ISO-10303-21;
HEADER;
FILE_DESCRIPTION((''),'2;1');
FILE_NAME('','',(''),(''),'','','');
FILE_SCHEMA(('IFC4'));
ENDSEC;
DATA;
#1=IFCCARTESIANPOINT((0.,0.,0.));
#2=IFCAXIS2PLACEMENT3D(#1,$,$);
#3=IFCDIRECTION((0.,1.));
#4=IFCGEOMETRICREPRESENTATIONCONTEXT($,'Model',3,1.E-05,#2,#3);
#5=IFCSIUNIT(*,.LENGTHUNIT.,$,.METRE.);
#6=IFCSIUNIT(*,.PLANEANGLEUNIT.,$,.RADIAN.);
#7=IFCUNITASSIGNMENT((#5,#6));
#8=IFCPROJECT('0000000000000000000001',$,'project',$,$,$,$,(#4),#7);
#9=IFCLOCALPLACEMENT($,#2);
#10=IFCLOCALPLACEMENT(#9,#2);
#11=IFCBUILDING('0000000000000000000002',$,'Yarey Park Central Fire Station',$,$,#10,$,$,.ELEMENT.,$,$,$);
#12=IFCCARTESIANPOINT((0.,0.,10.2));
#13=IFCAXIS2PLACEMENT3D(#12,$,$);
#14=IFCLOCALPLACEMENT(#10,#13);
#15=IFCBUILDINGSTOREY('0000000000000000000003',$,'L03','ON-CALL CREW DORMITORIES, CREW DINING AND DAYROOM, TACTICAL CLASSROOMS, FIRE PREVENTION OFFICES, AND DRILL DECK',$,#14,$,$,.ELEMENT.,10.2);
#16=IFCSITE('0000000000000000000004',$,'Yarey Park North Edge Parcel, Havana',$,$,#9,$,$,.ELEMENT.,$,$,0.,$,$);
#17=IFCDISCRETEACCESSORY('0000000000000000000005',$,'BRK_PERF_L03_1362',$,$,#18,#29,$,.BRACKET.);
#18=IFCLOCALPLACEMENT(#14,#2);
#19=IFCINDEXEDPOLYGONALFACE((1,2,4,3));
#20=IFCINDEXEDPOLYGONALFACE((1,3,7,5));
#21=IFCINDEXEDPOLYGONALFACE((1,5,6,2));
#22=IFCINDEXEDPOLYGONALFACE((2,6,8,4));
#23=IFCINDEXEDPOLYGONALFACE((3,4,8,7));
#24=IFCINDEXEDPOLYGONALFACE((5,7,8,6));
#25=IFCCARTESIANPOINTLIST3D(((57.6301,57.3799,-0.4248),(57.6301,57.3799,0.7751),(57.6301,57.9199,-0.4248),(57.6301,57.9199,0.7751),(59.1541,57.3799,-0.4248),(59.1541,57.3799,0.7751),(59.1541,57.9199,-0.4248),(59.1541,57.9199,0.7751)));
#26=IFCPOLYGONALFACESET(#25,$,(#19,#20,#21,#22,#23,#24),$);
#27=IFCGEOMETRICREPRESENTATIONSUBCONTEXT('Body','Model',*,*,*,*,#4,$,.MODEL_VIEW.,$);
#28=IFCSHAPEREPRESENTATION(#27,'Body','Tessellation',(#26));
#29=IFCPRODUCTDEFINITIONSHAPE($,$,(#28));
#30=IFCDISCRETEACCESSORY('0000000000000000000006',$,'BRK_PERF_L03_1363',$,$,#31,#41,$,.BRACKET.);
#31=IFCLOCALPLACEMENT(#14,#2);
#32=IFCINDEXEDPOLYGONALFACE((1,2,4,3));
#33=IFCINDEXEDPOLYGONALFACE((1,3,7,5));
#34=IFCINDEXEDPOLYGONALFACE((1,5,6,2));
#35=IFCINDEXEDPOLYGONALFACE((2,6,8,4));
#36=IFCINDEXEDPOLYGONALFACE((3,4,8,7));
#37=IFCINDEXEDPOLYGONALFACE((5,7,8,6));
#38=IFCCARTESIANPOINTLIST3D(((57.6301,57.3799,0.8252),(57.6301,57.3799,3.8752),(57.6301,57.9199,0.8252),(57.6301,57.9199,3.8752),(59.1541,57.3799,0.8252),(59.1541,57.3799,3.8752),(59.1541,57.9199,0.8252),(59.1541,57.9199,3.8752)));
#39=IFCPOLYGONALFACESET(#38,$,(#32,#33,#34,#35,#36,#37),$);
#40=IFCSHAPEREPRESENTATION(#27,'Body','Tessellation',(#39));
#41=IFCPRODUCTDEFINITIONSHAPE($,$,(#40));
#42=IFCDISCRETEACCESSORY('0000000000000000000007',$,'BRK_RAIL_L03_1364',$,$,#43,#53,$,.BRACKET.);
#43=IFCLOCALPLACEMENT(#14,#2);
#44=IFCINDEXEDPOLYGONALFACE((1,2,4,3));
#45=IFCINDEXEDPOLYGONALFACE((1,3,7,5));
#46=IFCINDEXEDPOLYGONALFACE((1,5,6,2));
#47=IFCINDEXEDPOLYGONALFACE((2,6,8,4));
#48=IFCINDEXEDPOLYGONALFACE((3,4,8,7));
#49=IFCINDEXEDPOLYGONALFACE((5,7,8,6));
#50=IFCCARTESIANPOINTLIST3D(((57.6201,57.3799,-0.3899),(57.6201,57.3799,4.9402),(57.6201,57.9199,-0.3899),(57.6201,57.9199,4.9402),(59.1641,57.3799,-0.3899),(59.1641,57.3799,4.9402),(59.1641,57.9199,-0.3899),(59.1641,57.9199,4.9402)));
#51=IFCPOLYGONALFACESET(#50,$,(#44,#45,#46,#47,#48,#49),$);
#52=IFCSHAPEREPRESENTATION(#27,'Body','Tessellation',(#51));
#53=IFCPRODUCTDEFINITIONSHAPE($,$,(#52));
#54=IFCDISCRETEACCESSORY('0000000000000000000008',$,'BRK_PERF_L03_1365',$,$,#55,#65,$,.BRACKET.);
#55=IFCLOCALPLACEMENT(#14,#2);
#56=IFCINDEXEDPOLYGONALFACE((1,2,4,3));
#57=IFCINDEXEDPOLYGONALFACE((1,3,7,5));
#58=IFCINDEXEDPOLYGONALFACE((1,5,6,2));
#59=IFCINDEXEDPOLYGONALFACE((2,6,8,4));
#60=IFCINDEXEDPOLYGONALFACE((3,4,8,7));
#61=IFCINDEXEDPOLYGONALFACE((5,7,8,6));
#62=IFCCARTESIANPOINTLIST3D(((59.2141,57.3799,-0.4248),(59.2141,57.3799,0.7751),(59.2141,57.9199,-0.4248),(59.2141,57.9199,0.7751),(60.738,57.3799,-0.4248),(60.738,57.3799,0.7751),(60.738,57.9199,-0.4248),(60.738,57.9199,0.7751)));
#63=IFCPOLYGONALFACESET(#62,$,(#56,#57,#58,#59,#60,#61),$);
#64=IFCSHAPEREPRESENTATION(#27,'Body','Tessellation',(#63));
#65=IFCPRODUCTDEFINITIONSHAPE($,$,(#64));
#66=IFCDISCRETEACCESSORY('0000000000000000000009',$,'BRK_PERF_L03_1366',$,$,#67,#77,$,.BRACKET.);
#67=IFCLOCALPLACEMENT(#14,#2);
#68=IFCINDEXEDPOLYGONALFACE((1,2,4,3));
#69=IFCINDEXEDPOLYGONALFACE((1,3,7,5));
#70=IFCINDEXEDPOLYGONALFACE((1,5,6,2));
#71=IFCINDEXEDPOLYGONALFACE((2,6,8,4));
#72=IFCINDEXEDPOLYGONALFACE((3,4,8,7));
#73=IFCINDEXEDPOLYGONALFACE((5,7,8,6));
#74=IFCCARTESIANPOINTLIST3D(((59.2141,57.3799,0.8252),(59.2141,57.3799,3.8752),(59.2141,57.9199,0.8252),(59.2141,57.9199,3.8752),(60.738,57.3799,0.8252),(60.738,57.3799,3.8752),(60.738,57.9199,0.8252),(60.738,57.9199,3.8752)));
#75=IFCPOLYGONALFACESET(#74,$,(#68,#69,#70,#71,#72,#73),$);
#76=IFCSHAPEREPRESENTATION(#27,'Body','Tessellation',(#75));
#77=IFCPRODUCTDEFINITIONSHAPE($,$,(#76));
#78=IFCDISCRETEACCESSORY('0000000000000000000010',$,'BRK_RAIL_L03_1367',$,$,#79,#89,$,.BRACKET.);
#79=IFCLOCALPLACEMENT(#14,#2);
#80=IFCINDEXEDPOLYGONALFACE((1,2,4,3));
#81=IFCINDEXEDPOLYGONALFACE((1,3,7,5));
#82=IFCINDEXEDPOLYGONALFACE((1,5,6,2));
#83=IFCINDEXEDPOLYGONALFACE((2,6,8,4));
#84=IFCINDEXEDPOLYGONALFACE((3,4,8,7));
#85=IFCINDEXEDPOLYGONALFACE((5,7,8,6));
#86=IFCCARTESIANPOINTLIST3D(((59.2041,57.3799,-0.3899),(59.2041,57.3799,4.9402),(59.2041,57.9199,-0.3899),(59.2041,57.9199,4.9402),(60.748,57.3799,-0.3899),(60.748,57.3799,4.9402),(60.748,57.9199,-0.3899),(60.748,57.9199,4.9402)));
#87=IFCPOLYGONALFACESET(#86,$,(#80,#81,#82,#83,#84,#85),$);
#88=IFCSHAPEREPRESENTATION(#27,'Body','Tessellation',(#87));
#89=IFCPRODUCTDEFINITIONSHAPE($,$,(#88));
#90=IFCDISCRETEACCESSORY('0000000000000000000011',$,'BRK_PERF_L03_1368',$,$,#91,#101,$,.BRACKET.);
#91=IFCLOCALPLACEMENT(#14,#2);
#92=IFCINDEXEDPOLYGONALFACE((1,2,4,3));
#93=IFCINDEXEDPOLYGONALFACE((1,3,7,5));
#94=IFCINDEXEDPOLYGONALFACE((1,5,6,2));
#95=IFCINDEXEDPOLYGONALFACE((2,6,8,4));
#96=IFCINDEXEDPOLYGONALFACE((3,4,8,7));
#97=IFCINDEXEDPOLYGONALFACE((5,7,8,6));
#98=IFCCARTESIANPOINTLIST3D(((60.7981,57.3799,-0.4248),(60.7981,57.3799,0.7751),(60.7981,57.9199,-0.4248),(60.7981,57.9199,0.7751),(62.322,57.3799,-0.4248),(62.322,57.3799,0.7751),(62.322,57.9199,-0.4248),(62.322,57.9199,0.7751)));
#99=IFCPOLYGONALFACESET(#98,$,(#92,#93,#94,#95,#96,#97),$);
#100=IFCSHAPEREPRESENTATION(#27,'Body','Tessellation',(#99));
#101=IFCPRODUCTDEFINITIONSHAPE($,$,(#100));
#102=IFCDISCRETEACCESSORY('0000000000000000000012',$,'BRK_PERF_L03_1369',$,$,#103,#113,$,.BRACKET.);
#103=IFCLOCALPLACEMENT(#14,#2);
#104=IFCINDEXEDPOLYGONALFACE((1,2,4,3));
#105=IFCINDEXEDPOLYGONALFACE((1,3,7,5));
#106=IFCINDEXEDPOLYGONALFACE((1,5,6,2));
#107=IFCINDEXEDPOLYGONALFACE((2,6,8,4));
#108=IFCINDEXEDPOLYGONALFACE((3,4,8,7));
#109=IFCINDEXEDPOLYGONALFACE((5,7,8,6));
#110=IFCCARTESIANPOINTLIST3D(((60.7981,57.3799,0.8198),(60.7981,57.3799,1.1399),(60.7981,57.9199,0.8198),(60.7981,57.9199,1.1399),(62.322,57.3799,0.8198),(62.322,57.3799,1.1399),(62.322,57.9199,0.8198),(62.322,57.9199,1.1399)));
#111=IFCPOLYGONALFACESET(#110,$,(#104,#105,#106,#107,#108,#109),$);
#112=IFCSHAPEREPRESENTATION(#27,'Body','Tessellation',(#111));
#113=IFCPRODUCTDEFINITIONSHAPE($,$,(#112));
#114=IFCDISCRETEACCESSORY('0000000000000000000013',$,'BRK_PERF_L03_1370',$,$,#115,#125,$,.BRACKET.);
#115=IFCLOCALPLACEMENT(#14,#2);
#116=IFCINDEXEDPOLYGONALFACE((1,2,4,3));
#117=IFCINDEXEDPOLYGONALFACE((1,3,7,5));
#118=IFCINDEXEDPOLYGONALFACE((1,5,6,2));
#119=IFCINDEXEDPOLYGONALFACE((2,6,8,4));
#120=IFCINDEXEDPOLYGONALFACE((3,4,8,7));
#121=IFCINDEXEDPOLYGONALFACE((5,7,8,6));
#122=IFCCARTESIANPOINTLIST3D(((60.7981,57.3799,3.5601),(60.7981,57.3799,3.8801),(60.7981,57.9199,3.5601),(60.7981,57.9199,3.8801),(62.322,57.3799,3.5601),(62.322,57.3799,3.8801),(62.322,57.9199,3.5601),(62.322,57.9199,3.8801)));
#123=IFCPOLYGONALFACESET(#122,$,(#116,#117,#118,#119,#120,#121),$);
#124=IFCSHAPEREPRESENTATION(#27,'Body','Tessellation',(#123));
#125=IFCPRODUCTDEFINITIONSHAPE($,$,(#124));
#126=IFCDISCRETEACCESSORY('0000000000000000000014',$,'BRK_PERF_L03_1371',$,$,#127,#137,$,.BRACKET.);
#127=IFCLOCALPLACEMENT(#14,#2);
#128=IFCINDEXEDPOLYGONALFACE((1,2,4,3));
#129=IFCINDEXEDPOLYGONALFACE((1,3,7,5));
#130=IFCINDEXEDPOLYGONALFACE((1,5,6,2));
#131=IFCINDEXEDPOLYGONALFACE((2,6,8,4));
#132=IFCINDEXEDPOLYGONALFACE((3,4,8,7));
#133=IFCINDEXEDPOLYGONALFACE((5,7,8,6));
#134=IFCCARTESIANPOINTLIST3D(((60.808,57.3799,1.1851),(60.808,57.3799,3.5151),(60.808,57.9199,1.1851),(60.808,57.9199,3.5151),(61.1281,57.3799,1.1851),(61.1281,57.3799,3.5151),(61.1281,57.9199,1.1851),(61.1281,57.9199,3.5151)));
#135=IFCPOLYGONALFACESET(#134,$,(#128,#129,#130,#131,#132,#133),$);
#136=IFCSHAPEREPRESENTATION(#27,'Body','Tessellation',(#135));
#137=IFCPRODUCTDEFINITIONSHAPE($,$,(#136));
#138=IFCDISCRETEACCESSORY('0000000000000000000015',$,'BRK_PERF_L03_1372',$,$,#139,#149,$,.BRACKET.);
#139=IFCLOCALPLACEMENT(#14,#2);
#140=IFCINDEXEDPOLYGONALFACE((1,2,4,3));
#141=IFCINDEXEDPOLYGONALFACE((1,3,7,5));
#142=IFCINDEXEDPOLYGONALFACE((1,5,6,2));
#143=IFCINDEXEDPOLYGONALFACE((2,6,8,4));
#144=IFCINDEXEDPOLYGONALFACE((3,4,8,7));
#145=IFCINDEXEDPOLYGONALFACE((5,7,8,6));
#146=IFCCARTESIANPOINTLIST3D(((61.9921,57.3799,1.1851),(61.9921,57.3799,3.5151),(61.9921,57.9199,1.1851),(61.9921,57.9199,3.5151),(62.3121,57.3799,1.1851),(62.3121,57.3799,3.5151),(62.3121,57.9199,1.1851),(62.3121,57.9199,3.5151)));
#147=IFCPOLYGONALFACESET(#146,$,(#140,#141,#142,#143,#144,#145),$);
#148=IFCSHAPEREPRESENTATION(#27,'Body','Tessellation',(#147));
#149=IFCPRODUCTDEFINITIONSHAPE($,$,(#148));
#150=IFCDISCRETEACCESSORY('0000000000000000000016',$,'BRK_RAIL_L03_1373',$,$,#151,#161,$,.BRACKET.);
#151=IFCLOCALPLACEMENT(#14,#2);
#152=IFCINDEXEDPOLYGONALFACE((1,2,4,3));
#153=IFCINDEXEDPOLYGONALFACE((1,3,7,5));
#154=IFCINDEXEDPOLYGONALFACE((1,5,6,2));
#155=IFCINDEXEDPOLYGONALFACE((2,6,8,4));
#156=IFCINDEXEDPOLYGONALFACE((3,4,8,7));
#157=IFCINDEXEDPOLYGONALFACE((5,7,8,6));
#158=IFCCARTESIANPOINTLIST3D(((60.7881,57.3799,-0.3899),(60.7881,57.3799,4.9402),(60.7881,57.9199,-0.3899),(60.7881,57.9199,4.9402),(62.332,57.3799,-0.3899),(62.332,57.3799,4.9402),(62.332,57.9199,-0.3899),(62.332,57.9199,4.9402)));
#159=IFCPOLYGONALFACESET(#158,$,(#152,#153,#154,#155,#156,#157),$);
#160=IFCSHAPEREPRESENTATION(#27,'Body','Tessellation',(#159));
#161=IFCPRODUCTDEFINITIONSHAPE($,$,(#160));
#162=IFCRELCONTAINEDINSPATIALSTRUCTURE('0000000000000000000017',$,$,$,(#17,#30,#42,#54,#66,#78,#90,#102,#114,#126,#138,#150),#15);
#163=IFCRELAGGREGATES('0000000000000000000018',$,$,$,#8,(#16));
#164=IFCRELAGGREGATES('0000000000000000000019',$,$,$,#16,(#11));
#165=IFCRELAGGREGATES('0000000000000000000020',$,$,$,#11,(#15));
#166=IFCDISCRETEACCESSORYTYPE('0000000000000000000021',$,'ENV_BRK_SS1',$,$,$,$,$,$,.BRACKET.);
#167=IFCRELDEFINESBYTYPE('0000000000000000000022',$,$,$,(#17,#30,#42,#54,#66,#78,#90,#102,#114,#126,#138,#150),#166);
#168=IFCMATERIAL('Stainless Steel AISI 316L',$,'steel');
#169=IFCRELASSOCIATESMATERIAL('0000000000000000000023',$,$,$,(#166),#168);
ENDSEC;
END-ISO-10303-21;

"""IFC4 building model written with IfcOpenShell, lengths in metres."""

from ifc_helpers import new_model, si_unit, direction, frame, origin, origin_2d, place, context, subcontext, project, spatial, rectangle, extrude, material, type_object, element, save


model = new_model("IFC4")

# Units and contexts
model_context = context("Model", 3, precision=1e-05, world=origin(), true_north=direction((0.0, 1.0)))
body_context = subcontext(model_context, "Body", "Model", "MODEL_VIEW")
ifc_project = project(units=[si_unit("LENGTHUNIT", "METRE"), si_unit("PLANEANGLEUNIT", "RADIAN")], contexts=[model_context])

# Site, building, storey
site_placement = place(None, origin())
site = spatial("IfcSite", under=ifc_project, at=site_placement, Name="Yarey Park North Edge Parcel, Havana", CompositionType="ELEMENT", RefElevation=0.0)
building_placement = place(site_placement, origin())
building = spatial("IfcBuilding", under=site, at=building_placement, Name="Yarey Park Central Fire Station", CompositionType="ELEMENT")
storey_placement = place(building_placement, frame((0.0, 0.0, 10.2)))
storey = spatial("IfcBuildingStorey", under=building, at=storey_placement, Name="L03", Description="ON-CALL CREW DORMITORIES, CREW DINING AND DAYROOM, TACTICAL CLASSROOMS, FIRE PREVENTION OFFICES, AND DRILL DECK", CompositionType="ELEMENT", Elevation=10.2)

# Discrete accessories
ifc_material_1 = material(Name="Stainless Steel AISI 316L", Category="steel")
discrete_accessory_type = type_object("IfcDiscreteAccessoryType", Name="ENV_BRK_SS1", PredefinedType="BRACKET", material=ifc_material_1)
discrete_accessory_1_placement = place(storey_placement, frame((58.3921, 57.6499, -0.4248), z_axis=(0.0, 0.0, 1.0), x_axis=(1.0, 0.0, 0.0)))
element("IfcDiscreteAccessory", 1, at=discrete_accessory_1_placement, inside=storey, type_object=discrete_accessory_type, Name="BRK_PERF_L03_1362", PredefinedType="BRACKET", context=body_context, shape_type="SweptSolid", body=[
    extrude(rectangle(XDim=1.5239, YDim=0.54, at=origin_2d()), origin(), (0.0, 0.0, 1.0), 1.2),
])
discrete_accessory_2_placement = place(storey_placement, frame((58.3921, 57.6499, 0.8252), z_axis=(0.0, 0.0, 1.0), x_axis=(1.0, 0.0, 0.0)))
element("IfcDiscreteAccessory", 2, at=discrete_accessory_2_placement, inside=storey, type_object=discrete_accessory_type, Name="BRK_PERF_L03_1363", PredefinedType="BRACKET", context=body_context, shape_type="SweptSolid", body=[
    extrude(rectangle(XDim=1.5239, YDim=0.54, at=origin_2d()), origin(), (0.0, 0.0, 1.0), 3.05),
])
discrete_accessory_3_placement = place(storey_placement, frame((58.3921, 57.6499, -0.3899), z_axis=(0.0, 0.0, 1.0), x_axis=(1.0, 0.0, 0.0)))
element("IfcDiscreteAccessory", 3, at=discrete_accessory_3_placement, inside=storey, type_object=discrete_accessory_type, Name="BRK_RAIL_L03_1364", PredefinedType="BRACKET", context=body_context, shape_type="SweptSolid", body=[
    extrude(rectangle(XDim=1.5439, YDim=0.54, at=origin_2d()), origin(), (0.0, 0.0, 1.0), 5.3301),
])
discrete_accessory_4_placement = place(storey_placement, frame((59.9761, 57.6499, -0.4248), z_axis=(0.0, 0.0, 1.0), x_axis=(1.0, 0.0, 0.0)))
element("IfcDiscreteAccessory", 4, at=discrete_accessory_4_placement, inside=storey, type_object=discrete_accessory_type, Name="BRK_PERF_L03_1365", PredefinedType="BRACKET", context=body_context, shape_type="SweptSolid", body=[
    extrude(rectangle(XDim=1.5239, YDim=0.54, at=origin_2d()), origin(), (0.0, 0.0, 1.0), 1.2),
])
discrete_accessory_5_placement = place(storey_placement, frame((59.9761, 57.6499, 0.8252), z_axis=(0.0, 0.0, 1.0), x_axis=(1.0, 0.0, 0.0)))
element("IfcDiscreteAccessory", 5, at=discrete_accessory_5_placement, inside=storey, type_object=discrete_accessory_type, Name="BRK_PERF_L03_1366", PredefinedType="BRACKET", context=body_context, shape_type="SweptSolid", body=[
    extrude(rectangle(XDim=1.5239, YDim=0.54, at=origin_2d()), origin(), (0.0, 0.0, 1.0), 3.05),
])
discrete_accessory_6_placement = place(storey_placement, frame((59.9761, 57.6499, -0.3899), z_axis=(0.0, 0.0, 1.0), x_axis=(1.0, 0.0, 0.0)))
element("IfcDiscreteAccessory", 6, at=discrete_accessory_6_placement, inside=storey, type_object=discrete_accessory_type, Name="BRK_RAIL_L03_1367", PredefinedType="BRACKET", context=body_context, shape_type="SweptSolid", body=[
    extrude(rectangle(XDim=1.5439, YDim=0.54, at=origin_2d()), origin(), (0.0, 0.0, 1.0), 5.3301),
])
discrete_accessory_7_placement = place(storey_placement, frame((61.5601, 57.6499, -0.4248), z_axis=(0.0, 0.0, 1.0), x_axis=(1.0, 0.0, 0.0)))
element("IfcDiscreteAccessory", 7, at=discrete_accessory_7_placement, inside=storey, type_object=discrete_accessory_type, Name="BRK_PERF_L03_1368", PredefinedType="BRACKET", context=body_context, shape_type="SweptSolid", body=[
    extrude(rectangle(XDim=1.5239, YDim=0.54, at=origin_2d()), origin(), (0.0, 0.0, 1.0), 1.2),
])
for number, where, z_axis, x_axis, name in (
    (8, (61.5601, 57.6499, 0.8198), (0.0, 0.0, 1.0), (1.0, 0.0, 0.0), "BRK_PERF_L03_1369"),
    (9, (61.5601, 57.6499, 3.5601), (0.0, 0.0, 1.0), (1.0, 0.0, 0.0), "BRK_PERF_L03_1370"),
):
    element("IfcDiscreteAccessory", number, at=place(storey_placement, frame(where, z_axis=z_axis, x_axis=x_axis)), inside=storey, type_object=discrete_accessory_type, Name=name, PredefinedType="BRACKET", context=body_context, shape_type="SweptSolid", body=[
        extrude(rectangle(XDim=1.5239, YDim=0.54, at=origin_2d()), origin(), (0.0, 0.0, 1.0), 0.3201),
    ])
for number, where, z_axis, x_axis, name in (
    (10, (60.968, 57.6499, 1.1851), (0.0, 0.0, 1.0), (1.0, 0.0, 0.0), "BRK_PERF_L03_1371"),
    (11, (62.1521, 57.6499, 1.1851), (0.0, 0.0, 1.0), (1.0, 0.0, 0.0), "BRK_PERF_L03_1372"),
):
    element("IfcDiscreteAccessory", number, at=place(storey_placement, frame(where, z_axis=z_axis, x_axis=x_axis)), inside=storey, type_object=discrete_accessory_type, Name=name, PredefinedType="BRACKET", context=body_context, shape_type="SweptSolid", body=[
        extrude(rectangle(XDim=0.3201, YDim=0.54, at=origin_2d()), origin(), (0.0, 0.0, 1.0), 2.3301),
    ])
discrete_accessory_8_placement = place(storey_placement, frame((61.5601, 57.6499, -0.3899), z_axis=(0.0, 0.0, 1.0), x_axis=(1.0, 0.0, 0.0)))
element("IfcDiscreteAccessory", 12, at=discrete_accessory_8_placement, inside=storey, type_object=discrete_accessory_type, Name="BRK_RAIL_L03_1373", PredefinedType="BRACKET", context=body_context, shape_type="SweptSolid", body=[
    extrude(rectangle(XDim=1.5439, YDim=0.54, at=origin_2d()), origin(), (0.0, 0.0, 1.0), 5.3301),
])

save(model, "model.ifc")
